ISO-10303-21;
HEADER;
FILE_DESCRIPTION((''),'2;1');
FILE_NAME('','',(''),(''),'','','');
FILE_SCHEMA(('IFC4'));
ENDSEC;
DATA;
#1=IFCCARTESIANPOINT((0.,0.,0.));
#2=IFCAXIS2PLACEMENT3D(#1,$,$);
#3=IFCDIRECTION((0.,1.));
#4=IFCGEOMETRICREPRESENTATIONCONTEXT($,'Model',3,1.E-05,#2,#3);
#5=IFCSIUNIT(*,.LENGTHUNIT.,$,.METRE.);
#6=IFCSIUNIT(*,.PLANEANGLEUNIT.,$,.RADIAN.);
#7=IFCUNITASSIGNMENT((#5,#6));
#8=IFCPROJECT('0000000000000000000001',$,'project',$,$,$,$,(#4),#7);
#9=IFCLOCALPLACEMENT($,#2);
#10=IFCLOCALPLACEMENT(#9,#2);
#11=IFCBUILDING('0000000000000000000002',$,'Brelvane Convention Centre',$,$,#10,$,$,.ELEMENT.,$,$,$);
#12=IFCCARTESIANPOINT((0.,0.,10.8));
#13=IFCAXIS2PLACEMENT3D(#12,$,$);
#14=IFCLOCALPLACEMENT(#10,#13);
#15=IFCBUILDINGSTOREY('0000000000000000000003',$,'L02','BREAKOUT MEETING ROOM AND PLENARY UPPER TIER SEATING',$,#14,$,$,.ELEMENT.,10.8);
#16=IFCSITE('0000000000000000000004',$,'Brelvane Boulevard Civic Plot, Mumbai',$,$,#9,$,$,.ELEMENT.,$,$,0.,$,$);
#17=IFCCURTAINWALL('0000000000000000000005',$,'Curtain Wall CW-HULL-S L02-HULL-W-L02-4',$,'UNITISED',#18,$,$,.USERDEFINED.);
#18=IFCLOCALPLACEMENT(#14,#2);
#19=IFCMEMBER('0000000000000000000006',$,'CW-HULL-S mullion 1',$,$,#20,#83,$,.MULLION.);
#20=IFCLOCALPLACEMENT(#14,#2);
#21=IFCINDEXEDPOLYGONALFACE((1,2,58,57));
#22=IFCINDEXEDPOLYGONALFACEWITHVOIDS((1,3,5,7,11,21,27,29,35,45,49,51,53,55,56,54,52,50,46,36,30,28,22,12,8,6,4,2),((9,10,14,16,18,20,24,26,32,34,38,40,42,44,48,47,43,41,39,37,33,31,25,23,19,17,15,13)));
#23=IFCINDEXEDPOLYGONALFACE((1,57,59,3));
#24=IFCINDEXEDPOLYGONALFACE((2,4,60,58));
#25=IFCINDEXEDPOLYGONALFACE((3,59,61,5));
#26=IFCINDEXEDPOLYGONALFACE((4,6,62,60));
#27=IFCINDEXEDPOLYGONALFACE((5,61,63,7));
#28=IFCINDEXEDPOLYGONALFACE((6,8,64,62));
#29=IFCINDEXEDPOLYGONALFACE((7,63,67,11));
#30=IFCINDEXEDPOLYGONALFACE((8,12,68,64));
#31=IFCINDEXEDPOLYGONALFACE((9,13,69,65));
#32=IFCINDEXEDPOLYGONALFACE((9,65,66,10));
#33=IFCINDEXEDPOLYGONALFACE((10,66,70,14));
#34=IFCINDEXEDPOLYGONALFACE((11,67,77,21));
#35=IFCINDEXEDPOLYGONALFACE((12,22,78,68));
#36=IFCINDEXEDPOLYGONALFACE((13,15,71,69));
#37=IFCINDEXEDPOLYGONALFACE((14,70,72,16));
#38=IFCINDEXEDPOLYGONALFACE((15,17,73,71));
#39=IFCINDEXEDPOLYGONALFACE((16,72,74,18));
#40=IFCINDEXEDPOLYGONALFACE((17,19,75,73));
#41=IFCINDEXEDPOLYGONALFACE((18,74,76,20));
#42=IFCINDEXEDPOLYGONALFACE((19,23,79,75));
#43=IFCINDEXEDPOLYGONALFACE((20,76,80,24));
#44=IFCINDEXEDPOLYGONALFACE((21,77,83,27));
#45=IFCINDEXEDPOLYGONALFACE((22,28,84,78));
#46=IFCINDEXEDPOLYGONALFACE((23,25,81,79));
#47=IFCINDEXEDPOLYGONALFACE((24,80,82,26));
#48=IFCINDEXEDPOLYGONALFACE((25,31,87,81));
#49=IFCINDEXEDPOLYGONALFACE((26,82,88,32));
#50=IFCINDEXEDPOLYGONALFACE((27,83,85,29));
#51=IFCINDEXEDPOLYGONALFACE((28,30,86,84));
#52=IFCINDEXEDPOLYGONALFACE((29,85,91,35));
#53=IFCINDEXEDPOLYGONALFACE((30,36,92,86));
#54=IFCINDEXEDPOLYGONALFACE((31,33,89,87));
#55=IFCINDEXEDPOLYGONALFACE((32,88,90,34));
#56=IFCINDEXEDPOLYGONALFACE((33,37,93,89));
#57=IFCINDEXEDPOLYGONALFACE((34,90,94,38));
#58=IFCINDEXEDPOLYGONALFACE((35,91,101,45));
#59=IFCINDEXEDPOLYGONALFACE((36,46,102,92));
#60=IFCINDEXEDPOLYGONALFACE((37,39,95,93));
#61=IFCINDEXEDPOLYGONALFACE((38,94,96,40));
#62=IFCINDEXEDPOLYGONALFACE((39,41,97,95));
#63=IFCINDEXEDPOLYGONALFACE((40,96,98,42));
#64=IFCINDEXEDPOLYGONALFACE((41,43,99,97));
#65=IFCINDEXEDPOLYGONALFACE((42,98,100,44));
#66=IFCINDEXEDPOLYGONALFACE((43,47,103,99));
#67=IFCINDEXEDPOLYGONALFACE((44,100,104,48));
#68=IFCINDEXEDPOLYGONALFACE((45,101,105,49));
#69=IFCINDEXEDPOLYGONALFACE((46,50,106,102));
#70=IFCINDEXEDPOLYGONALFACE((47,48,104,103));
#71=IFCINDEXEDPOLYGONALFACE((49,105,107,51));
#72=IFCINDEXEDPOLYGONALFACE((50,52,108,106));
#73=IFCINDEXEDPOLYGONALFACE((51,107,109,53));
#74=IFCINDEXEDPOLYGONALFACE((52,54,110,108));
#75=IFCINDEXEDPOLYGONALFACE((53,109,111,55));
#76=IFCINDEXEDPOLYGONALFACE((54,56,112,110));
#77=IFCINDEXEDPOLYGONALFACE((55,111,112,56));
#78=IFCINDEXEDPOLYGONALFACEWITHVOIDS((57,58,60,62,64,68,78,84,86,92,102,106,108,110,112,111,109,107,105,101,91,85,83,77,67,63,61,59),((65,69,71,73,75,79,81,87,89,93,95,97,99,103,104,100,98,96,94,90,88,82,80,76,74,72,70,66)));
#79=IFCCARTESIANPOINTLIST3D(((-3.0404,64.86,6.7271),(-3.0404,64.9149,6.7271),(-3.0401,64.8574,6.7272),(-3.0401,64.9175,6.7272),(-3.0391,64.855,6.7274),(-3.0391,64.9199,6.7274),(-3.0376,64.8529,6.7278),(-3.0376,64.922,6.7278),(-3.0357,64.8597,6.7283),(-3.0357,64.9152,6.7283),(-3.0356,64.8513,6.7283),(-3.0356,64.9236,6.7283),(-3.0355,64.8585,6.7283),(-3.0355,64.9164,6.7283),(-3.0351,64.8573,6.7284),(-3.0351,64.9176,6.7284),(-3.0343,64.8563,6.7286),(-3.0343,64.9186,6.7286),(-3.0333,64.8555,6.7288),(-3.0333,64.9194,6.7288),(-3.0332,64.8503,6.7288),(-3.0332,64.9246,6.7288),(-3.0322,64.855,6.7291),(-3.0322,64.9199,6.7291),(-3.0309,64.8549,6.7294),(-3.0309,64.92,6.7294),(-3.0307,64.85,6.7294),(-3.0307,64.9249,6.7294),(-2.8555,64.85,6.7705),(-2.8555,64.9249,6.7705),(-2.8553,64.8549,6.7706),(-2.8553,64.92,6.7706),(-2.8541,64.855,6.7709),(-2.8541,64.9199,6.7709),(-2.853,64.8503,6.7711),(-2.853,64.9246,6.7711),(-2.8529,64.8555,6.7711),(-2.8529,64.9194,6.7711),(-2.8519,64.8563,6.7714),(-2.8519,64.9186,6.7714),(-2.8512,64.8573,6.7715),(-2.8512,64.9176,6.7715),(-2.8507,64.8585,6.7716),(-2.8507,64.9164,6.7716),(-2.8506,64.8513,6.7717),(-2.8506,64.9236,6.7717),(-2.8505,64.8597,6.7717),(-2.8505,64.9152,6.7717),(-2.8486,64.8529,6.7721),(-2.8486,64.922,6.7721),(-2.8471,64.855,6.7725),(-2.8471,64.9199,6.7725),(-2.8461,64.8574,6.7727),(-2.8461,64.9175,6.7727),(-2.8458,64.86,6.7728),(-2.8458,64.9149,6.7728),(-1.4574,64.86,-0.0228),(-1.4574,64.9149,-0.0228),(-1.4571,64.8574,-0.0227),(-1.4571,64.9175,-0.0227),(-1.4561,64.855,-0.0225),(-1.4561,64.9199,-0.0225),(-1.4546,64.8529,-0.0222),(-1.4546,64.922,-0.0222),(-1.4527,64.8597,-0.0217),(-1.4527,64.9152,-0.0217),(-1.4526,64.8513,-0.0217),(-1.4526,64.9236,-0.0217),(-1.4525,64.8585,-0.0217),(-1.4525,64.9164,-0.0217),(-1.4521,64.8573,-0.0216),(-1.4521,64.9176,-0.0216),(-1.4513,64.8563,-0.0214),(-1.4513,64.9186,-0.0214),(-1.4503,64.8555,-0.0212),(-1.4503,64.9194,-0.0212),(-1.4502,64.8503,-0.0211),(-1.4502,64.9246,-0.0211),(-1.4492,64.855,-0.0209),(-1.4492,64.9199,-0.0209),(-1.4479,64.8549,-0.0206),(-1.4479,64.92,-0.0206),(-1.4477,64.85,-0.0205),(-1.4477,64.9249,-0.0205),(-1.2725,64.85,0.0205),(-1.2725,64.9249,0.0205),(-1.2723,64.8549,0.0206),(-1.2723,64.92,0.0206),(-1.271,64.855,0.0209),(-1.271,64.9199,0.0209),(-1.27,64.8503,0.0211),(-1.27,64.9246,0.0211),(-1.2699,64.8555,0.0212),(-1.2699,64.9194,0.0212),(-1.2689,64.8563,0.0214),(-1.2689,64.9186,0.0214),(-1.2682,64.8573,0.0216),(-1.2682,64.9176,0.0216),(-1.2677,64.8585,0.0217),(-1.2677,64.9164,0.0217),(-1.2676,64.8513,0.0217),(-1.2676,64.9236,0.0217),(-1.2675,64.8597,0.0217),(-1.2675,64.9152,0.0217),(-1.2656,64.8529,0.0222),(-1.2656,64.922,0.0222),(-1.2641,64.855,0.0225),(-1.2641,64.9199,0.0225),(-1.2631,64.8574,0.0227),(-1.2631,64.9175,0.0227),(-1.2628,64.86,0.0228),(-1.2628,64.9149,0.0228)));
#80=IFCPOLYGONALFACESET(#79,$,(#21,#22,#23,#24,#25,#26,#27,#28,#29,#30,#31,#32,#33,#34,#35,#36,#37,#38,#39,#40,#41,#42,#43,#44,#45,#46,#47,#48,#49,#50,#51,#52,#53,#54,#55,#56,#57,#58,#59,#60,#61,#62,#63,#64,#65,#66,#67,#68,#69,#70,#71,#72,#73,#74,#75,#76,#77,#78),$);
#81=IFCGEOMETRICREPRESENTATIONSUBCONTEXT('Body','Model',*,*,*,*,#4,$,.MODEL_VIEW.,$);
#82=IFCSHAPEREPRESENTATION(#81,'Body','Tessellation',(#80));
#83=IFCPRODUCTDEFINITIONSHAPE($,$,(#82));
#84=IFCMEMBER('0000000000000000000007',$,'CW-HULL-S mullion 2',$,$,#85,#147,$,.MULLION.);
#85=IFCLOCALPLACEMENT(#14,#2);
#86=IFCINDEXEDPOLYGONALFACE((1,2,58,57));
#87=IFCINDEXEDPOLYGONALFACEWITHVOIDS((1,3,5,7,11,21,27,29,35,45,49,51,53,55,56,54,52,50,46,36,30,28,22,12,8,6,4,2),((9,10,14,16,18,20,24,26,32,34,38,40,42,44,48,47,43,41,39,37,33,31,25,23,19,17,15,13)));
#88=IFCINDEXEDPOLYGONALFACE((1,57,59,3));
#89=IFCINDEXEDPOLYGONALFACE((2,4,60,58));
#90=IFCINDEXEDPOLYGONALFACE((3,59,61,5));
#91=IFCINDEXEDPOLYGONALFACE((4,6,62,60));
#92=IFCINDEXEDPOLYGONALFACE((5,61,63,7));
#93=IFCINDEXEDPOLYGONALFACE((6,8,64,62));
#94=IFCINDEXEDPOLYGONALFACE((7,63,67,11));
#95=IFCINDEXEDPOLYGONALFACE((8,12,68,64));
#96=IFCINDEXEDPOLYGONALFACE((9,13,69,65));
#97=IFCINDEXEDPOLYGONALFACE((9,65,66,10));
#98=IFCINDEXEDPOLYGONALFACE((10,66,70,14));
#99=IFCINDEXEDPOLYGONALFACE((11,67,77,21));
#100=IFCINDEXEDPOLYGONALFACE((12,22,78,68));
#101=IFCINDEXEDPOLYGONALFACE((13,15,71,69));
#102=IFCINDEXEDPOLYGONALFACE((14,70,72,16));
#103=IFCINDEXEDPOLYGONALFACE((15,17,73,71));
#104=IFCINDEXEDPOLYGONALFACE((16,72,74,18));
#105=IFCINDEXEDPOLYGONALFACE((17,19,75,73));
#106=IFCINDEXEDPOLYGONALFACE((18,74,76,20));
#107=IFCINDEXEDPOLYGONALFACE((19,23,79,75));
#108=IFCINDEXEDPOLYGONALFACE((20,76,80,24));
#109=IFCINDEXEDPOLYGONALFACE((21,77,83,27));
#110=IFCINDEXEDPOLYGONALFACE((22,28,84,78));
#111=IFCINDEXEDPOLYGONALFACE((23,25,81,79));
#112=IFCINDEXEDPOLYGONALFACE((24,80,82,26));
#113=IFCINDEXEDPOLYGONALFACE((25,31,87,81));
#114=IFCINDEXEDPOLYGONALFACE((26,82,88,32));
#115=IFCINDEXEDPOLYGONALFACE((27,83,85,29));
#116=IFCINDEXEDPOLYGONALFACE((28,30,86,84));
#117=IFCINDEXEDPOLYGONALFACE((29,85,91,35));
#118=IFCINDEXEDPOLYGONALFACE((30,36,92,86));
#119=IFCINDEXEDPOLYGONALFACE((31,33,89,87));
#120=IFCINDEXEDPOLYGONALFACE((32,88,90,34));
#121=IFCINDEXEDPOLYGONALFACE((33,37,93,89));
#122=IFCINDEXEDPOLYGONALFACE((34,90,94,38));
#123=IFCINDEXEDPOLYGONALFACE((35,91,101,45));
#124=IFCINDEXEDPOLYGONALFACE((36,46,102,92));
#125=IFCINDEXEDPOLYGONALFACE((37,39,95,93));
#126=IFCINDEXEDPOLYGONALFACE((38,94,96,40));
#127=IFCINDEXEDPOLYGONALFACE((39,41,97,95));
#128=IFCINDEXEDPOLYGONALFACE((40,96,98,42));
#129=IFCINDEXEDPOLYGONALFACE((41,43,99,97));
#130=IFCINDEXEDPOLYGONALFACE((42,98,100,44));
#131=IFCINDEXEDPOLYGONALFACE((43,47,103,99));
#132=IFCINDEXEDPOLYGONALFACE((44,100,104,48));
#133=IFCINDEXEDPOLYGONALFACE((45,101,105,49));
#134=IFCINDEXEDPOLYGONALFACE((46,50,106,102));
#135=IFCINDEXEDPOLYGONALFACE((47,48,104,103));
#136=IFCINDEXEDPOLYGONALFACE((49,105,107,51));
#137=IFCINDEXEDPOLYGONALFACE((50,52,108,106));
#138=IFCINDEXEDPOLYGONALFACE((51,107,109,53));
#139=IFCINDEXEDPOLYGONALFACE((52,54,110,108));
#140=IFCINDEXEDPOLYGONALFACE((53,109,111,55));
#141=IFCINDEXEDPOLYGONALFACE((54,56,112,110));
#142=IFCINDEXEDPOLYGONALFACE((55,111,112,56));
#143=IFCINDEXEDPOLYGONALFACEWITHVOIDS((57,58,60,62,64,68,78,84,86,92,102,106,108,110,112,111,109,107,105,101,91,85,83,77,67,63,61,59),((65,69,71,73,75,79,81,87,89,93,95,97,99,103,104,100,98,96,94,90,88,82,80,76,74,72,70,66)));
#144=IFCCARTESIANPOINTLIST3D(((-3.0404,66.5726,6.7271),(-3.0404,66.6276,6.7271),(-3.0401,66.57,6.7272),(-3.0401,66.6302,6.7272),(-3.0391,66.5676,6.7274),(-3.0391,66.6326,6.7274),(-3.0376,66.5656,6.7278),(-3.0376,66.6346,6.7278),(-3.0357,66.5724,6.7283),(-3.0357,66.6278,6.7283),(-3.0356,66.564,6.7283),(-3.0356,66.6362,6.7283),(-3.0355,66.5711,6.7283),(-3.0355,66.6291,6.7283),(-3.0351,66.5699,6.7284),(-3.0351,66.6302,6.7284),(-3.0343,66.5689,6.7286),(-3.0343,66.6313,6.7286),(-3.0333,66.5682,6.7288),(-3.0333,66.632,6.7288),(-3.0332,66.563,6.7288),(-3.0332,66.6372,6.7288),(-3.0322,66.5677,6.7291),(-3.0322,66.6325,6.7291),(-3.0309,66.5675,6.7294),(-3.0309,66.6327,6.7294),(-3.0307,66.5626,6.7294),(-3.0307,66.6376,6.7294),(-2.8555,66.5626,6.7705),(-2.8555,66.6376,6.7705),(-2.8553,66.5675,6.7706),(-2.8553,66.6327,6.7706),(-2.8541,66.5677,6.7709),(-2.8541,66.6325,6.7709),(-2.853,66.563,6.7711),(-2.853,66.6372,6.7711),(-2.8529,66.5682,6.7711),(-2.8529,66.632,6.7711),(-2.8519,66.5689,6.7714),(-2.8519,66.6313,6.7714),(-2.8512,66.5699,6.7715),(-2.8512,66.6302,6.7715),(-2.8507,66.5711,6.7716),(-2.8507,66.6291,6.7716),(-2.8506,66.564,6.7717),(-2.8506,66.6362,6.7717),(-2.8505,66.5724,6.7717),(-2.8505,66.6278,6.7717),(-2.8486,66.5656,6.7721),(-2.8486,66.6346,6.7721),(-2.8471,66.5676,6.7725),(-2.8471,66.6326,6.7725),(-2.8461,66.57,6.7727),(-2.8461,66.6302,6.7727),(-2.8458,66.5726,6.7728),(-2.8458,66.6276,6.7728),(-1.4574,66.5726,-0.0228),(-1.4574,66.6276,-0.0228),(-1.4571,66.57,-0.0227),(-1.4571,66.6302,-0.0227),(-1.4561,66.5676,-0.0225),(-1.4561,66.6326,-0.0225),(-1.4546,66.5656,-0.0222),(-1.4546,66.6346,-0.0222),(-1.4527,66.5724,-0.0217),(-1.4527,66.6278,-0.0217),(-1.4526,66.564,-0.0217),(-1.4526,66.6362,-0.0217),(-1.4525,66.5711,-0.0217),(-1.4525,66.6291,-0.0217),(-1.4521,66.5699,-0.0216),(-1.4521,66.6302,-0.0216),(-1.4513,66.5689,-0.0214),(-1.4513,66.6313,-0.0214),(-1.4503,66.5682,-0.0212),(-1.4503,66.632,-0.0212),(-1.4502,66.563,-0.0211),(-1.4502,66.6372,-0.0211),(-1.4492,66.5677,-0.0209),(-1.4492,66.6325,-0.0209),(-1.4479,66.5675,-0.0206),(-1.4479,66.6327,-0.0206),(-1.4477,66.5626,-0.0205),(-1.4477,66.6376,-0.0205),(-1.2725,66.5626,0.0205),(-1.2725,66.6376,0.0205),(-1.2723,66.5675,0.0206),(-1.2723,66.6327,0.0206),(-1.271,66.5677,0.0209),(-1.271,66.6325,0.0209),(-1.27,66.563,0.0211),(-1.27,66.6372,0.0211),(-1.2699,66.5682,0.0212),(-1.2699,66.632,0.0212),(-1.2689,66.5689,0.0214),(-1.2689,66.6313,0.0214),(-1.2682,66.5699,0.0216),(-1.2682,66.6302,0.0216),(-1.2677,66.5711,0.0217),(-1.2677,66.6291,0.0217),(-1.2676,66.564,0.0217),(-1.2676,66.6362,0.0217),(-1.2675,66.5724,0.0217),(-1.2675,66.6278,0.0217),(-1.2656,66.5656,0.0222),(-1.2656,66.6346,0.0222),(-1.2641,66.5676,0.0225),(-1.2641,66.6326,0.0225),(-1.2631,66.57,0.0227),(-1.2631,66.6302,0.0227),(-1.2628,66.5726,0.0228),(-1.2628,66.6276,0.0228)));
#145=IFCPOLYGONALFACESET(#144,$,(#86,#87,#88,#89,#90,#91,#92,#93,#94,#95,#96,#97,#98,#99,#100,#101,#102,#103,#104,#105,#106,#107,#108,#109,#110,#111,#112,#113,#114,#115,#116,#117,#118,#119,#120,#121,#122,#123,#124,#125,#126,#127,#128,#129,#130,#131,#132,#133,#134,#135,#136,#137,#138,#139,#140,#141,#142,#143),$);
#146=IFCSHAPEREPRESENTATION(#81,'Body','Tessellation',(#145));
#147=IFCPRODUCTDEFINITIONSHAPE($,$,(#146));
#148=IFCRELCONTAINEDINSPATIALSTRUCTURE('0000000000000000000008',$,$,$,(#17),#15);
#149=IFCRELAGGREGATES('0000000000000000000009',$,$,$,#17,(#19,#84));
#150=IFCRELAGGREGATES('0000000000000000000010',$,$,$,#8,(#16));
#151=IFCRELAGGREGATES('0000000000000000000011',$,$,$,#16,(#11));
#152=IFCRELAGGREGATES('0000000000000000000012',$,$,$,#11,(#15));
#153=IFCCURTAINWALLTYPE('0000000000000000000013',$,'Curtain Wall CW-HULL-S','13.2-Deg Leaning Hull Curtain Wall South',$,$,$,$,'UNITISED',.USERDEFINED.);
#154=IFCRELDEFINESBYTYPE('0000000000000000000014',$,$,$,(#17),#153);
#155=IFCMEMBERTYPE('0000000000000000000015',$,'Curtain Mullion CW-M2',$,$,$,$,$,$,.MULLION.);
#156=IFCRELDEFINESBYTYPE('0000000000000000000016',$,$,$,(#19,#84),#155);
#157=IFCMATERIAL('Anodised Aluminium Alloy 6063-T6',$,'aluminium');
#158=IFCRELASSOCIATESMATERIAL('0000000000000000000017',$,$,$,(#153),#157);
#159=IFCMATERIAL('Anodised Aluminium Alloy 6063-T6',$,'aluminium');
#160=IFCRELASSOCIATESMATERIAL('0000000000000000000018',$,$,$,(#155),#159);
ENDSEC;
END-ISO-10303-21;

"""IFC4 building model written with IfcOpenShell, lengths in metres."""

from ifc_helpers import new_model, si_unit, direction, frame, origin, origin_2d, place, context, subcontext, project, spatial, hollow_rectangle, extrude, material, material_profile, profile_set, type_object, element, aggregate, save


model = new_model("IFC4")

# Units and contexts
model_context = context("Model", 3, precision=1e-05, world=origin(), true_north=direction((0.0, 1.0)))
body_context = subcontext(model_context, "Body", "Model", "MODEL_VIEW")
ifc_project = project(units=[si_unit("LENGTHUNIT", "METRE"), si_unit("PLANEANGLEUNIT", "RADIAN")], contexts=[model_context])

# Site, building, storey
site_placement = place(None, origin())
site = spatial("IfcSite", under=ifc_project, at=site_placement, Name="Brelvane Boulevard Civic Plot, Mumbai", CompositionType="ELEMENT", RefElevation=0.0)
building_placement = place(site_placement, origin())
building = spatial("IfcBuilding", under=site, at=building_placement, Name="Brelvane Convention Centre", CompositionType="ELEMENT")
storey_placement = place(building_placement, frame((0.0, 0.0, 10.8)))
storey = spatial("IfcBuildingStorey", under=building, at=storey_placement, Name="L02", Description="BREAKOUT MEETING ROOM AND PLENARY UPPER TIER SEATING", CompositionType="ELEMENT", Elevation=10.8)

# Shared definitions
ifc_material_1 = material(Name="Anodised Aluminium Alloy 6063-T6", Category="aluminium")
curtain_wall_type = type_object("IfcCurtainWallType", Name="Curtain Wall CW-HULL-S", Description="13.2-Deg Leaning Hull Curtain Wall South", ElementType="UNITISED", PredefinedType="USERDEFINED", material=ifc_material_1)
ifc_material_2 = material(Name="Anodised Aluminium Alloy 6063-T6", Category="aluminium")
ifc_material_profile_1 = material_profile(ifc_material_2, hollow_rectangle(XDim=0.075, YDim=0.2, WallThickness=0.0049, InnerFilletRadius=0.0049, OuterFilletRadius=0.01, at=origin_2d()), Name="ALU-M 200x75x5.0")
ifc_profile_set_1 = profile_set([ifc_material_profile_1], Name="Anodised Aluminium Alloy 6063-T6")
member_type_1 = type_object("IfcMemberType", Name="Curtain Mullion CW-M2", PredefinedType="MULLION", material=ifc_profile_set_1)

# Curtain wall, members
curtain_wall_1_placement = place(storey_placement, origin())
curtain_wall_1 = element("IfcCurtainWall", 1, at=curtain_wall_1_placement, inside=storey, type_object=curtain_wall_type, Name="Curtain Wall CW-HULL-S L02-HULL-W-L02-4", ObjectType="UNITISED", PredefinedType="USERDEFINED")
member_1_placement = place(storey_placement, frame((-1.3601, 64.8875, 0.0), z_axis=(-0.228325, 0.0, 0.973585), x_axis=(0.0, -1.0, 0.0)))
member_1 = element("IfcMember", 2, at=member_1_placement, type_object=member_type_1, Name="CW-HULL-S mullion 1", PredefinedType="MULLION", context=body_context, shape_type="SweptSolid", body=[
    extrude(hollow_rectangle(XDim=0.075, YDim=0.2, WallThickness=0.0049, InnerFilletRadius=0.0049, OuterFilletRadius=0.01, at=origin_2d()), origin(), (0.0, 0.0, 1.0), 6.9331),
])
member_2_placement = place(storey_placement, frame((-1.3601, 66.6001, 0.0), z_axis=(-0.228325, 0.0, 0.973585), x_axis=(0.0, -1.0, 0.0)))
member_2 = element("IfcMember", 3, at=member_2_placement, type_object=member_type_1, Name="CW-HULL-S mullion 2", PredefinedType="MULLION", context=body_context, shape_type="SweptSolid", body=[
    extrude(hollow_rectangle(XDim=0.075, YDim=0.2, WallThickness=0.0049, InnerFilletRadius=0.0049, OuterFilletRadius=0.01, at=origin_2d()), origin(), (0.0, 0.0, 1.0), 6.9331),
])

aggregate(curtain_wall_1, [member_1, member_2])

save(model, "model.ifc")
